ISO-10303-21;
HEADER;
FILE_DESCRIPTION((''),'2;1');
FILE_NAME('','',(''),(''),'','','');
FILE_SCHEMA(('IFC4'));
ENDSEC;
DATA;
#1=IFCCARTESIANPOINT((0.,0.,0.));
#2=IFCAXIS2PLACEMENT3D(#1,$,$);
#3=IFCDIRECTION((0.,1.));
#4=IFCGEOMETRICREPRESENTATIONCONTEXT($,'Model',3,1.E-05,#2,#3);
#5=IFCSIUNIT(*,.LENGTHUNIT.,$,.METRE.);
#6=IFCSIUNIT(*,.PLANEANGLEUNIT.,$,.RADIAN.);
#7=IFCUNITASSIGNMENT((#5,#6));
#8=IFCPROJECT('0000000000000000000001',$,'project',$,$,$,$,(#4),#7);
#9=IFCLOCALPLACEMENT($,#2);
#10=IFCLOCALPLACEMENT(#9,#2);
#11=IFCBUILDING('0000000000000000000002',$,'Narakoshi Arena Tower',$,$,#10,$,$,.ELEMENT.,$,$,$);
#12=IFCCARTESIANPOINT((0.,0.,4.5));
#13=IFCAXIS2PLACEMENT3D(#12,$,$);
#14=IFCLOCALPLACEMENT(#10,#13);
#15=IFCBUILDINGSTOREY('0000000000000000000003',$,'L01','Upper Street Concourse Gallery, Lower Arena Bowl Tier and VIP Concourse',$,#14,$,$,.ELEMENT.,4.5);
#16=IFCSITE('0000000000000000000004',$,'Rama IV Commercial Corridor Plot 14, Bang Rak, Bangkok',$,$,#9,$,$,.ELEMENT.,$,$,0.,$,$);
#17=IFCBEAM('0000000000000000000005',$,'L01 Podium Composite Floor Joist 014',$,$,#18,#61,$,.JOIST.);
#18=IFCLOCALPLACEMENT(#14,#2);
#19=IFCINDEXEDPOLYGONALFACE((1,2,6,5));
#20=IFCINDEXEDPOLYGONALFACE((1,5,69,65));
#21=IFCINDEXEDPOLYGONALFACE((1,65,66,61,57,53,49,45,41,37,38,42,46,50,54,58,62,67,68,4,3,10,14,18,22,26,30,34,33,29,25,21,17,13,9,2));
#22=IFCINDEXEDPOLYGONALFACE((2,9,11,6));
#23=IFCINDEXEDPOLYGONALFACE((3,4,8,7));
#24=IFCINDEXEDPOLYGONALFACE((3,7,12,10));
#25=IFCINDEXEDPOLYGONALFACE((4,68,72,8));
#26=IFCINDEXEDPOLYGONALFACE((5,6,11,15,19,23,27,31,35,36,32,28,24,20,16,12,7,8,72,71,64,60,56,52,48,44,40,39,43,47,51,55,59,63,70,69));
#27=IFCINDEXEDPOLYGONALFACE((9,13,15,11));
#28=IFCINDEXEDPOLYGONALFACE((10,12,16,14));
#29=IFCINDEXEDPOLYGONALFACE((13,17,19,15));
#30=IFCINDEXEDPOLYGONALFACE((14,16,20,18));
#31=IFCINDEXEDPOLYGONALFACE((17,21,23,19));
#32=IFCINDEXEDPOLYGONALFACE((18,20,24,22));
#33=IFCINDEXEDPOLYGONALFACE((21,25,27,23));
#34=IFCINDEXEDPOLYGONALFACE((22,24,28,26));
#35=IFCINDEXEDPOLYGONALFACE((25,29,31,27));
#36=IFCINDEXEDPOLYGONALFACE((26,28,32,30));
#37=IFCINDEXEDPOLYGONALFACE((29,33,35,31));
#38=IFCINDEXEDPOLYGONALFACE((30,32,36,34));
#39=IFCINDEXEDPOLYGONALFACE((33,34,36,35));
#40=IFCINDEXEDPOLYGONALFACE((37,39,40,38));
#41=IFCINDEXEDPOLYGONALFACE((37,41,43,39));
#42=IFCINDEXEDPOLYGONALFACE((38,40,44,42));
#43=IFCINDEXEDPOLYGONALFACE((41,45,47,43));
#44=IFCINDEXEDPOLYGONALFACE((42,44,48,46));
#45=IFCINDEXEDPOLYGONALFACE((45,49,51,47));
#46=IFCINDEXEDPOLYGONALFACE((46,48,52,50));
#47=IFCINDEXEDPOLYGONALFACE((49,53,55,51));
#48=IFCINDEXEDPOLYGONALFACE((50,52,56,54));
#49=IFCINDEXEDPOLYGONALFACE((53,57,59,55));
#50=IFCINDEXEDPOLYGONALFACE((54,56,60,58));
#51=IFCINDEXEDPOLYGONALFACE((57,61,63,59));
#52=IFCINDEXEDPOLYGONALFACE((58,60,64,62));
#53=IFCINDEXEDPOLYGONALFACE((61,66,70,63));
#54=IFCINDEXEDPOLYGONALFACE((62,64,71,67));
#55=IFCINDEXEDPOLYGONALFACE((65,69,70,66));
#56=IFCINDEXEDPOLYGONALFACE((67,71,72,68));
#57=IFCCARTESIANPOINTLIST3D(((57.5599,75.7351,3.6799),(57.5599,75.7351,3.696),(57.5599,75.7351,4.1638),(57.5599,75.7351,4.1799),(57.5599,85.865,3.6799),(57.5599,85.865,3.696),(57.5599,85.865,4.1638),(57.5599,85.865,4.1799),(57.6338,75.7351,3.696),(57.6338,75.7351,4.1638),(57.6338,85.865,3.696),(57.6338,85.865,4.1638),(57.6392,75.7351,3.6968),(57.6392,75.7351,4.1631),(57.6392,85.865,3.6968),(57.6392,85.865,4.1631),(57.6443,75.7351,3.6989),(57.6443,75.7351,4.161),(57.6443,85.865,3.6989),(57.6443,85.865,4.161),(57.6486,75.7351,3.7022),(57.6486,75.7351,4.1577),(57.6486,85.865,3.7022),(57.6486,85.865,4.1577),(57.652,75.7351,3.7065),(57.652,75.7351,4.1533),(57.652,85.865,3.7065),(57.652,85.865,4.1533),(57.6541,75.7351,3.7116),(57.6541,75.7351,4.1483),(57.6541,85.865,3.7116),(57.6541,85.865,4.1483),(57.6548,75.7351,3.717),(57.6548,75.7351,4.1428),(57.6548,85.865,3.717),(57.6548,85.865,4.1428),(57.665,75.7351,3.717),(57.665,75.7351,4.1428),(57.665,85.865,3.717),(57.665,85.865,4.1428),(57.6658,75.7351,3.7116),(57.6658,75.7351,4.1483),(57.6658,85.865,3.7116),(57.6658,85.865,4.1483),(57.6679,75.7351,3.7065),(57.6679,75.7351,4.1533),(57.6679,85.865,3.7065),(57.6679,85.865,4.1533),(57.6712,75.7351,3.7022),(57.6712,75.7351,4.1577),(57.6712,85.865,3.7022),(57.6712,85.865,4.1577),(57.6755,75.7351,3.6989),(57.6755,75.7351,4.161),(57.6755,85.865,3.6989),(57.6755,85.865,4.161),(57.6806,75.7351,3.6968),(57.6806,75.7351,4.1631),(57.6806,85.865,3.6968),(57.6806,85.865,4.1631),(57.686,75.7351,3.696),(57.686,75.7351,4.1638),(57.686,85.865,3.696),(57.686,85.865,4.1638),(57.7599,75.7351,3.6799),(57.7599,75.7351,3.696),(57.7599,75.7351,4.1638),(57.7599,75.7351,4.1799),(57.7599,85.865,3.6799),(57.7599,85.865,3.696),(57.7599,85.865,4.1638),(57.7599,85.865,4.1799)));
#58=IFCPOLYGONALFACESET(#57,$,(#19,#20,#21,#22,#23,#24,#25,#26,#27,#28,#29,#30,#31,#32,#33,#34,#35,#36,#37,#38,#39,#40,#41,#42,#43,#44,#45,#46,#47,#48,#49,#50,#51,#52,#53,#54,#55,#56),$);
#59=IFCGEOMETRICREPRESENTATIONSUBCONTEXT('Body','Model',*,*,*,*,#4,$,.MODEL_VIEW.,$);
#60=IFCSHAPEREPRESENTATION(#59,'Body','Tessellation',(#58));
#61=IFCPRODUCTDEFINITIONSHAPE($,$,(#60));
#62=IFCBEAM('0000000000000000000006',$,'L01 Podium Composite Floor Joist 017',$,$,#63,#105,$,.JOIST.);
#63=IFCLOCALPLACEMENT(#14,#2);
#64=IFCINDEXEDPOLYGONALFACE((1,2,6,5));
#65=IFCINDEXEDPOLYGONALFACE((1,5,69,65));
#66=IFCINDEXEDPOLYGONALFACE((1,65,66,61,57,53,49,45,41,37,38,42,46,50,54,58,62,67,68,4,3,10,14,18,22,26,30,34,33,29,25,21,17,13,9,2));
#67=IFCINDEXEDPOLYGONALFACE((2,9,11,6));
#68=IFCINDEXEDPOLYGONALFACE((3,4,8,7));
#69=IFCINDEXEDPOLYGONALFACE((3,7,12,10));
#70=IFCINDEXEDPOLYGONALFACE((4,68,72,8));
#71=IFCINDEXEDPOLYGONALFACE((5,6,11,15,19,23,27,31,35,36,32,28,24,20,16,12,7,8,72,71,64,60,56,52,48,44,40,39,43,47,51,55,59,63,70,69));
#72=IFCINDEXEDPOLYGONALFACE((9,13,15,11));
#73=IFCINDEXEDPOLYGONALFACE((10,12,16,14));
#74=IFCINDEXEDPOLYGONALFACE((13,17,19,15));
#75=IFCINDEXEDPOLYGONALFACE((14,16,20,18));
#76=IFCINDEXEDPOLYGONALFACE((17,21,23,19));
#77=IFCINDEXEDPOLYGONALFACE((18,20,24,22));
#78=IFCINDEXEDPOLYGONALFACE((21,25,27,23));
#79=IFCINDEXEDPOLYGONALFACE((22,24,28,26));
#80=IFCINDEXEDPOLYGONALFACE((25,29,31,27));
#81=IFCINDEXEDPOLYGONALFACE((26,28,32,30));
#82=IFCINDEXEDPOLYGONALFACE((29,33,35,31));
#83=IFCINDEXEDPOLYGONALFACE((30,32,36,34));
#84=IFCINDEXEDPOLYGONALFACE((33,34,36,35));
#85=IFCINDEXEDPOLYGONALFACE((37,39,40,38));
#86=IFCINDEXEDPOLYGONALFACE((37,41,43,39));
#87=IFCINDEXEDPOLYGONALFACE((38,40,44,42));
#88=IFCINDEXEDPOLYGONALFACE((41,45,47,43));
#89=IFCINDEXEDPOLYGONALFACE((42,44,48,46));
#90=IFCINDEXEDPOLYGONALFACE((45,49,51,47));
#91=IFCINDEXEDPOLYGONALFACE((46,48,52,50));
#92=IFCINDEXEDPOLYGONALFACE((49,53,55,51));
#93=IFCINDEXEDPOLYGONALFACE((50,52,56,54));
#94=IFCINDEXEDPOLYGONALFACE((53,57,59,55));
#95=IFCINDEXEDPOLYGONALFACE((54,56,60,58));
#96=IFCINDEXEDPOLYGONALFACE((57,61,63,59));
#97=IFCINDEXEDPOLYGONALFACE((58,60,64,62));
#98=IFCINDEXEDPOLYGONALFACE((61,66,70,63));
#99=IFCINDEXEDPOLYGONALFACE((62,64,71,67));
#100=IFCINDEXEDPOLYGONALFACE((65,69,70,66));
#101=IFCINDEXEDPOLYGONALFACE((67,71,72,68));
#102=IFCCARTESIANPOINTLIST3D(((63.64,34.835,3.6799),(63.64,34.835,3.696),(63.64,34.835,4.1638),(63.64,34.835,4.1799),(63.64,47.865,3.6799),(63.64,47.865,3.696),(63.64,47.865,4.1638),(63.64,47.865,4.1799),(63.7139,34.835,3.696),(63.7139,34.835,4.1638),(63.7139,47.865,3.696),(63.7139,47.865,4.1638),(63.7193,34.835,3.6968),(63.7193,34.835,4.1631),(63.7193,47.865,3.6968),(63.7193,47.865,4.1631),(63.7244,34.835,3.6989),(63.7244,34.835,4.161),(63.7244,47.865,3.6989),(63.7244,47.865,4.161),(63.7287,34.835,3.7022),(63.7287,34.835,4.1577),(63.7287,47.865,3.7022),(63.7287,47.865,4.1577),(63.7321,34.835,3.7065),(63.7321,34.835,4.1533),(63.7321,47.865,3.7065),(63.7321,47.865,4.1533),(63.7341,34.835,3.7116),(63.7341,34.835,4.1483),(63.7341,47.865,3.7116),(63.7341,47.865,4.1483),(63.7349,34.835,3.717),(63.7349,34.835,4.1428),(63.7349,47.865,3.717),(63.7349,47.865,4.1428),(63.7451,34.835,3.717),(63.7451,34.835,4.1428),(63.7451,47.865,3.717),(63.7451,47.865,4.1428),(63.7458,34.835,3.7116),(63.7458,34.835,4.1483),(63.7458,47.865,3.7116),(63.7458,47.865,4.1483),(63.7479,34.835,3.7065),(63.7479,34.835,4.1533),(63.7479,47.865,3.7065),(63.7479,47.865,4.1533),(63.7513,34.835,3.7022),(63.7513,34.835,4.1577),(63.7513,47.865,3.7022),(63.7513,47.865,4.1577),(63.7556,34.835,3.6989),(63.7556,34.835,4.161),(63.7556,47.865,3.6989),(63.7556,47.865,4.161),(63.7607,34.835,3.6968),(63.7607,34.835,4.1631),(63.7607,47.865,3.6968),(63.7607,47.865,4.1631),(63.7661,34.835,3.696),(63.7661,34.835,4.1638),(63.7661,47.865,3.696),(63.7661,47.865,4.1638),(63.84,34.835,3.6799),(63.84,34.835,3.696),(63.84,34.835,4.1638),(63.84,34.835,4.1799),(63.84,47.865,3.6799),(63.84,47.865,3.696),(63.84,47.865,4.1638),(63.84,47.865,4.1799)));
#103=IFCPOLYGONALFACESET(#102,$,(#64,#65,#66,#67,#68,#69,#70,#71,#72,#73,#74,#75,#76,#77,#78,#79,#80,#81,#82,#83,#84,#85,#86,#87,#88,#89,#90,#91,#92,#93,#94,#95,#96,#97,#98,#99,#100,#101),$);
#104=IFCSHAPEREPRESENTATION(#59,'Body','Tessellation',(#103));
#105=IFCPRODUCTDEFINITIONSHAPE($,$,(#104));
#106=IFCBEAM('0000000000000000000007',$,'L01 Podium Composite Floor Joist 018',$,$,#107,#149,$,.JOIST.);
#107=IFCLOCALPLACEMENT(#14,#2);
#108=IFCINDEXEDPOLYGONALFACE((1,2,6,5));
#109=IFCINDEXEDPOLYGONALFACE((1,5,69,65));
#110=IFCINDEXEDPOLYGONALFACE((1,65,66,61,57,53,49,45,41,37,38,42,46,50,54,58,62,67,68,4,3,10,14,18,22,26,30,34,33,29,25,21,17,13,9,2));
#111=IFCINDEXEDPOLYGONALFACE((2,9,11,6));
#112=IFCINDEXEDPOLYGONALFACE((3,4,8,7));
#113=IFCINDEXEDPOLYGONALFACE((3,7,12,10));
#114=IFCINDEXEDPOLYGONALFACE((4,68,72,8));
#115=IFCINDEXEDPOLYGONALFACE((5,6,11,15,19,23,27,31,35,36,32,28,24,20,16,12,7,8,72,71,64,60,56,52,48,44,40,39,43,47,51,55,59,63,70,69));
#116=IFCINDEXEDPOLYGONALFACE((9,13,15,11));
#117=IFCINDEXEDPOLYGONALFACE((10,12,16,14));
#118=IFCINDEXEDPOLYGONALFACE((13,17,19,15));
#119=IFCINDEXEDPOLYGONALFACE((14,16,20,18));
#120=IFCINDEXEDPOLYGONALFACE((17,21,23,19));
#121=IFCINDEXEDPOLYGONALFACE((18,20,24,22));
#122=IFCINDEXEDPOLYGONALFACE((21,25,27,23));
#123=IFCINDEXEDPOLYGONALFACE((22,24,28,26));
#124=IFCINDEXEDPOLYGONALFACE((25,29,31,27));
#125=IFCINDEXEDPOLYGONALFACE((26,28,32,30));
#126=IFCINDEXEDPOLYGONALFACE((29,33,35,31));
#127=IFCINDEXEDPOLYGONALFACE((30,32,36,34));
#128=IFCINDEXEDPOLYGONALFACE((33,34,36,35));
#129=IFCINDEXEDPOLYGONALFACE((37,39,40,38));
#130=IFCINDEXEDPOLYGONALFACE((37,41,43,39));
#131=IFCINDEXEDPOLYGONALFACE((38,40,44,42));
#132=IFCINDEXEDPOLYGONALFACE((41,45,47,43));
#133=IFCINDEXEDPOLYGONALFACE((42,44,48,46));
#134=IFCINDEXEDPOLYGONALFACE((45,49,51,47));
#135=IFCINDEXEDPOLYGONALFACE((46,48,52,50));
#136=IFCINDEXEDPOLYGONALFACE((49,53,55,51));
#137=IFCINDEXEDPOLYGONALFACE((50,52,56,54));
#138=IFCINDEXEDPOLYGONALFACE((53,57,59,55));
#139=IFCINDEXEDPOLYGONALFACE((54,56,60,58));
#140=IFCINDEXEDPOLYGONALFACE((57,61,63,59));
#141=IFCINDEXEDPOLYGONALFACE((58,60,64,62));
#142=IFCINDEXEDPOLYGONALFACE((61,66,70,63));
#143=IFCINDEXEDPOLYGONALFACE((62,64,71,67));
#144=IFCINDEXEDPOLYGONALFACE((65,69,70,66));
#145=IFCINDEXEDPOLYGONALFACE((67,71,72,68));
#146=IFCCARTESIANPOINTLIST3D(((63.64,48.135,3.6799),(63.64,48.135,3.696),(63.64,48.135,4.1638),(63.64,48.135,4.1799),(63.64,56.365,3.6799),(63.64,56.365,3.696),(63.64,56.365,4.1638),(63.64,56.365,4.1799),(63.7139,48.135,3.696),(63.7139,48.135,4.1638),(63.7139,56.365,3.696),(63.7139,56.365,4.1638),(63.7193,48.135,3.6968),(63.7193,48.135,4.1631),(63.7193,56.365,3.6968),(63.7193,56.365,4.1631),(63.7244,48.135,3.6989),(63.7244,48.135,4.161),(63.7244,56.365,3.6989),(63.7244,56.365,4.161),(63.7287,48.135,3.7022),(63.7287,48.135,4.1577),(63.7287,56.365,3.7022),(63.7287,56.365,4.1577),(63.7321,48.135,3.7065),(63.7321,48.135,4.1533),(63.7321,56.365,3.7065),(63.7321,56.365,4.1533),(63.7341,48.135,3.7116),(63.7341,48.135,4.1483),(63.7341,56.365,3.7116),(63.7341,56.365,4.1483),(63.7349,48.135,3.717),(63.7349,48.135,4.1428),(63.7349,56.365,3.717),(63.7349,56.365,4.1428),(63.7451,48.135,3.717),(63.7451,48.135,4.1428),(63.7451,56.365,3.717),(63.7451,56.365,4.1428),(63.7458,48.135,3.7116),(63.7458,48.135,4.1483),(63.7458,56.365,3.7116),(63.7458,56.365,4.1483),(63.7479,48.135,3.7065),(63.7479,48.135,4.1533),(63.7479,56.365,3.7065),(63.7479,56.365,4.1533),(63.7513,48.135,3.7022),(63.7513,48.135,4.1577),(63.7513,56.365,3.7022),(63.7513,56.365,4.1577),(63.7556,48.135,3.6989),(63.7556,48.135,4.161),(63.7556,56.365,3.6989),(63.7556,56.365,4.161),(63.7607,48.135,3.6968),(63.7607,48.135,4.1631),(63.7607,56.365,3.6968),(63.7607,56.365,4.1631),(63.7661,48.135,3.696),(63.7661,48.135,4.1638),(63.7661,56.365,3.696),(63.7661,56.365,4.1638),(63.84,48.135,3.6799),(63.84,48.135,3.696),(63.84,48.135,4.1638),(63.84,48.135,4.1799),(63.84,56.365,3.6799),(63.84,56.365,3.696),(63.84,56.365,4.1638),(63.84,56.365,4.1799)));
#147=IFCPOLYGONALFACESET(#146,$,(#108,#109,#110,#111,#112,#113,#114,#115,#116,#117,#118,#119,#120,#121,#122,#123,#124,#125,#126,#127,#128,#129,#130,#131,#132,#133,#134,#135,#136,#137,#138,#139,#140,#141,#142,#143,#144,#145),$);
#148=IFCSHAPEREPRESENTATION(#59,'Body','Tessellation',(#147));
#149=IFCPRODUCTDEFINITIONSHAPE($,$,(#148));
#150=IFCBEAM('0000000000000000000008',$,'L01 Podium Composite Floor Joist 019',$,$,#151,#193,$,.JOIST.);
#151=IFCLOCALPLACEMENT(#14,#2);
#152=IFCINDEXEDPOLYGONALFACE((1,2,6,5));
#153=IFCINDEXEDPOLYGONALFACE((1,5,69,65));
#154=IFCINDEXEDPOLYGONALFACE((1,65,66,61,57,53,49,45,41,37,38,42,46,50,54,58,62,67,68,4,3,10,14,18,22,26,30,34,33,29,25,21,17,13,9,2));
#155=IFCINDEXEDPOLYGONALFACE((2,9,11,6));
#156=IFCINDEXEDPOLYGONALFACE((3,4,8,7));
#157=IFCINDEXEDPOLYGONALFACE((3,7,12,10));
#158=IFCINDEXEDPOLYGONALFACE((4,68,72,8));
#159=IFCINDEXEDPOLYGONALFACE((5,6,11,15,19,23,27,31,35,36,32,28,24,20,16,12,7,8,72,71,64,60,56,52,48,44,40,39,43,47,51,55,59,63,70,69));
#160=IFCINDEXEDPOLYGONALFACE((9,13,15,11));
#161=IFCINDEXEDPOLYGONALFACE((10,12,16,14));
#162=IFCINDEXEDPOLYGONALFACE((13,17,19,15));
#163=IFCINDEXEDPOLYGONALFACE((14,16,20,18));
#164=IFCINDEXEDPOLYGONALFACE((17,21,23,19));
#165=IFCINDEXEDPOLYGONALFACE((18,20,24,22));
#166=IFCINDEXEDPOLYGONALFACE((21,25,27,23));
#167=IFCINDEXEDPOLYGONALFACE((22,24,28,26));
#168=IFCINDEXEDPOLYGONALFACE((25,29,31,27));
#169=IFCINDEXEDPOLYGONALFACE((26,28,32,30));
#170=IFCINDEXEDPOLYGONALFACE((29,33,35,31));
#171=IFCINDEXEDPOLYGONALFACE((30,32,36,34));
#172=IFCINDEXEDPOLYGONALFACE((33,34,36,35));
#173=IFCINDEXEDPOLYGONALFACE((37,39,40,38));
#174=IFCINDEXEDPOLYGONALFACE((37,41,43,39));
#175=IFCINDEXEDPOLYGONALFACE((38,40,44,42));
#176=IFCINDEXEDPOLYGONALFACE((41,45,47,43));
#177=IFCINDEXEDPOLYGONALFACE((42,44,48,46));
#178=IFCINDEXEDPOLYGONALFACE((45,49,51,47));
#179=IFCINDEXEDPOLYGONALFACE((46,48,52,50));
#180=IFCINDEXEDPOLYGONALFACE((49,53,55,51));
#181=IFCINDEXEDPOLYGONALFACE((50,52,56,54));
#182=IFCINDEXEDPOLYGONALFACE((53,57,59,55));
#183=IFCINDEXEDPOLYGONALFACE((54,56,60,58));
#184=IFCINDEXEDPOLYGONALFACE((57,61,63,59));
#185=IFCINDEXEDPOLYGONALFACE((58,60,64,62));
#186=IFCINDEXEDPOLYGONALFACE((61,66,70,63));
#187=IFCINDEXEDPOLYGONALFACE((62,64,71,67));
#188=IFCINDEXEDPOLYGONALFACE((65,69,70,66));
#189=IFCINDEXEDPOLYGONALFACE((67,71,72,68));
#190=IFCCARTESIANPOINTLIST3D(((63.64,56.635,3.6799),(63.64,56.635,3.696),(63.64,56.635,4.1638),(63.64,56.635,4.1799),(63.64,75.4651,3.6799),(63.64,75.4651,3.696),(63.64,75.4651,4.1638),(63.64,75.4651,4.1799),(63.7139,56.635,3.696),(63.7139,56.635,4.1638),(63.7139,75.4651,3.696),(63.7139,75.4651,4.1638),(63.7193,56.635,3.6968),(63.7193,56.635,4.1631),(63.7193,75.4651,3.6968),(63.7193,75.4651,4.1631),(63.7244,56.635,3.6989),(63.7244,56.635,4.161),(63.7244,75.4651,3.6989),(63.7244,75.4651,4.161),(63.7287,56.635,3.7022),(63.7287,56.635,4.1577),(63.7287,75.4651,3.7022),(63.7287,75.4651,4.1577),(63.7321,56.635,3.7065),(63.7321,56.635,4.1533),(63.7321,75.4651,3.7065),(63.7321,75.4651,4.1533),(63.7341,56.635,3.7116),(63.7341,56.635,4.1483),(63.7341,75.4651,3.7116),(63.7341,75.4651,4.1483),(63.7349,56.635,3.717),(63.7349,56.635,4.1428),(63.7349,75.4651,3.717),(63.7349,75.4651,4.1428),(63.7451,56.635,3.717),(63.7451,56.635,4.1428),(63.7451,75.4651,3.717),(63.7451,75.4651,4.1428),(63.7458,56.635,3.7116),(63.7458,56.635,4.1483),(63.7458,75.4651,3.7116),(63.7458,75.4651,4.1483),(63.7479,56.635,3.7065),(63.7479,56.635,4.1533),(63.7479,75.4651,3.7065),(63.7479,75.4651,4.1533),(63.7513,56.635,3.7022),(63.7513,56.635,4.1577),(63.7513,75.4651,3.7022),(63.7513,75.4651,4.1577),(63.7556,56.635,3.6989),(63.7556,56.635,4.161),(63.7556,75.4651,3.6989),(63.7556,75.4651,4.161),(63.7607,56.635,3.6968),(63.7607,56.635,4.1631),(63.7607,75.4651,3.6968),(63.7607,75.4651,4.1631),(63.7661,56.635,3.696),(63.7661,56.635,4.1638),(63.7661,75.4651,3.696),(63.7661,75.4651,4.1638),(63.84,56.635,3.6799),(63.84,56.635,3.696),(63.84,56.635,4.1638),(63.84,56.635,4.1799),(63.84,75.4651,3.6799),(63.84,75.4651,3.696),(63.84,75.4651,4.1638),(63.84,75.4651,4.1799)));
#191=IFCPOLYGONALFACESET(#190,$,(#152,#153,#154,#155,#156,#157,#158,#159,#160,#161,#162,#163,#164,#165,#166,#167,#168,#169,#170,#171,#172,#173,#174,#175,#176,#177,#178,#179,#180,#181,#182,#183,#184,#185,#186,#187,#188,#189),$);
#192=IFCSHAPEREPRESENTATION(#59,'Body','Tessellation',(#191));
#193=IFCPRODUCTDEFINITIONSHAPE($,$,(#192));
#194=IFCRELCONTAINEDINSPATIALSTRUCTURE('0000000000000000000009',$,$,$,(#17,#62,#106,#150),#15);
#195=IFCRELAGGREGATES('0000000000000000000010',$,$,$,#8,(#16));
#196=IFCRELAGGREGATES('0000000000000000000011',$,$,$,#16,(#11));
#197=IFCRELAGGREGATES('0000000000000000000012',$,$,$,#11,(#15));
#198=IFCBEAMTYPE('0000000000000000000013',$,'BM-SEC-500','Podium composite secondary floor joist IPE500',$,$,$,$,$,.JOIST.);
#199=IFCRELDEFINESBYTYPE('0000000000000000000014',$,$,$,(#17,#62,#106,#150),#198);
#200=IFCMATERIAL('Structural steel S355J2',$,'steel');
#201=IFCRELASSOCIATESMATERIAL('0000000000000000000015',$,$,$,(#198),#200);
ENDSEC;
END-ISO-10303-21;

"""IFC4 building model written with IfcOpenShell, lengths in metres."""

from ifc_helpers import new_model, si_unit, direction, frame, origin, origin_2d, place, context, subcontext, project, spatial, i_section, extrude, material, material_profile, profile_set, type_object, element, save


model = new_model("IFC4")

# Units and contexts
model_context = context("Model", 3, precision=1e-05, world=origin(), true_north=direction((0.0, 1.0)))
body_context = subcontext(model_context, "Body", "Model", "MODEL_VIEW")
ifc_project = project(units=[si_unit("LENGTHUNIT", "METRE"), si_unit("PLANEANGLEUNIT", "RADIAN")], contexts=[model_context])

# Site, building, storey
site_placement = place(None, origin())
site = spatial("IfcSite", under=ifc_project, at=site_placement, Name="Rama IV Commercial Corridor Plot 14, Bang Rak, Bangkok", CompositionType="ELEMENT", RefElevation=0.0)
building_placement = place(site_placement, origin())
building = spatial("IfcBuilding", under=site, at=building_placement, Name="Narakoshi Arena Tower", CompositionType="ELEMENT")
storey_placement = place(building_placement, frame((0.0, 0.0, 4.5)))
storey = spatial("IfcBuildingStorey", under=building, at=storey_placement, Name="L01", Description="Upper Street Concourse Gallery, Lower Arena Bowl Tier and VIP Concourse", CompositionType="ELEMENT", Elevation=4.5)

# Beams
ifc_material_1 = material(Name="Structural steel S355J2", Category="steel")
ifc_material_profile_1 = material_profile(ifc_material_1, i_section(OverallWidth=0.2, OverallDepth=0.5, WebThickness=0.0103, FlangeThickness=0.0161, FilletRadius=0.021, at=origin_2d()), Name="IPE500")
ifc_profile_set_1 = profile_set([ifc_material_profile_1], Name="Structural steel S355J2")
beam_type_1 = type_object("IfcBeamType", Name="BM-SEC-500", Description="Podium composite secondary floor joist IPE500", PredefinedType="JOIST", material=ifc_profile_set_1)
beam_1_placement = place(storey_placement, frame((57.6599, 75.7351, 3.9299), z_axis=(0.0, 1.0, 0.0), x_axis=(-1.0, 0.0, 0.0)))
element("IfcBeam", 1, at=beam_1_placement, inside=storey, type_object=beam_type_1, Name="L01 Podium Composite Floor Joist 014", PredefinedType="JOIST", context=body_context, shape_type="SweptSolid", body=[
    extrude(i_section(OverallWidth=0.2, OverallDepth=0.5, WebThickness=0.0103, FlangeThickness=0.0161, FilletRadius=0.021, at=origin_2d()), origin(), (0.0, 0.0, 1.0), 10.1299),
])
beam_2_placement = place(storey_placement, frame((63.74, 34.835, 3.9299), z_axis=(0.0, 1.0, 0.0), x_axis=(-1.0, 0.0, 0.0)))
element("IfcBeam", 2, at=beam_2_placement, inside=storey, type_object=beam_type_1, Name="L01 Podium Composite Floor Joist 017", PredefinedType="JOIST", context=body_context, shape_type="SweptSolid", body=[
    extrude(i_section(OverallWidth=0.2, OverallDepth=0.5, WebThickness=0.0103, FlangeThickness=0.0161, FilletRadius=0.021, at=origin_2d()), origin(), (0.0, 0.0, 1.0), 13.03),
])
beam_3_placement = place(storey_placement, frame((63.74, 48.135, 3.9299), z_axis=(0.0, 1.0, 0.0), x_axis=(-1.0, 0.0, 0.0)))
element("IfcBeam", 3, at=beam_3_placement, inside=storey, type_object=beam_type_1, Name="L01 Podium Composite Floor Joist 018", PredefinedType="JOIST", context=body_context, shape_type="SweptSolid", body=[
    extrude(i_section(OverallWidth=0.2, OverallDepth=0.5, WebThickness=0.0103, FlangeThickness=0.0161, FilletRadius=0.021, at=origin_2d()), origin(), (0.0, 0.0, 1.0), 8.23),
])
beam_4_placement = place(storey_placement, frame((63.74, 56.635, 3.9299), z_axis=(0.0, 1.0, 0.0), x_axis=(-1.0, 0.0, 0.0)))
element("IfcBeam", 4, at=beam_4_placement, inside=storey, type_object=beam_type_1, Name="L01 Podium Composite Floor Joist 019", PredefinedType="JOIST", context=body_context, shape_type="SweptSolid", body=[
    extrude(i_section(OverallWidth=0.2, OverallDepth=0.5, WebThickness=0.0103, FlangeThickness=0.0161, FilletRadius=0.021, at=origin_2d()), origin(), (0.0, 0.0, 1.0), 18.8301),
])

save(model, "model.ifc")
